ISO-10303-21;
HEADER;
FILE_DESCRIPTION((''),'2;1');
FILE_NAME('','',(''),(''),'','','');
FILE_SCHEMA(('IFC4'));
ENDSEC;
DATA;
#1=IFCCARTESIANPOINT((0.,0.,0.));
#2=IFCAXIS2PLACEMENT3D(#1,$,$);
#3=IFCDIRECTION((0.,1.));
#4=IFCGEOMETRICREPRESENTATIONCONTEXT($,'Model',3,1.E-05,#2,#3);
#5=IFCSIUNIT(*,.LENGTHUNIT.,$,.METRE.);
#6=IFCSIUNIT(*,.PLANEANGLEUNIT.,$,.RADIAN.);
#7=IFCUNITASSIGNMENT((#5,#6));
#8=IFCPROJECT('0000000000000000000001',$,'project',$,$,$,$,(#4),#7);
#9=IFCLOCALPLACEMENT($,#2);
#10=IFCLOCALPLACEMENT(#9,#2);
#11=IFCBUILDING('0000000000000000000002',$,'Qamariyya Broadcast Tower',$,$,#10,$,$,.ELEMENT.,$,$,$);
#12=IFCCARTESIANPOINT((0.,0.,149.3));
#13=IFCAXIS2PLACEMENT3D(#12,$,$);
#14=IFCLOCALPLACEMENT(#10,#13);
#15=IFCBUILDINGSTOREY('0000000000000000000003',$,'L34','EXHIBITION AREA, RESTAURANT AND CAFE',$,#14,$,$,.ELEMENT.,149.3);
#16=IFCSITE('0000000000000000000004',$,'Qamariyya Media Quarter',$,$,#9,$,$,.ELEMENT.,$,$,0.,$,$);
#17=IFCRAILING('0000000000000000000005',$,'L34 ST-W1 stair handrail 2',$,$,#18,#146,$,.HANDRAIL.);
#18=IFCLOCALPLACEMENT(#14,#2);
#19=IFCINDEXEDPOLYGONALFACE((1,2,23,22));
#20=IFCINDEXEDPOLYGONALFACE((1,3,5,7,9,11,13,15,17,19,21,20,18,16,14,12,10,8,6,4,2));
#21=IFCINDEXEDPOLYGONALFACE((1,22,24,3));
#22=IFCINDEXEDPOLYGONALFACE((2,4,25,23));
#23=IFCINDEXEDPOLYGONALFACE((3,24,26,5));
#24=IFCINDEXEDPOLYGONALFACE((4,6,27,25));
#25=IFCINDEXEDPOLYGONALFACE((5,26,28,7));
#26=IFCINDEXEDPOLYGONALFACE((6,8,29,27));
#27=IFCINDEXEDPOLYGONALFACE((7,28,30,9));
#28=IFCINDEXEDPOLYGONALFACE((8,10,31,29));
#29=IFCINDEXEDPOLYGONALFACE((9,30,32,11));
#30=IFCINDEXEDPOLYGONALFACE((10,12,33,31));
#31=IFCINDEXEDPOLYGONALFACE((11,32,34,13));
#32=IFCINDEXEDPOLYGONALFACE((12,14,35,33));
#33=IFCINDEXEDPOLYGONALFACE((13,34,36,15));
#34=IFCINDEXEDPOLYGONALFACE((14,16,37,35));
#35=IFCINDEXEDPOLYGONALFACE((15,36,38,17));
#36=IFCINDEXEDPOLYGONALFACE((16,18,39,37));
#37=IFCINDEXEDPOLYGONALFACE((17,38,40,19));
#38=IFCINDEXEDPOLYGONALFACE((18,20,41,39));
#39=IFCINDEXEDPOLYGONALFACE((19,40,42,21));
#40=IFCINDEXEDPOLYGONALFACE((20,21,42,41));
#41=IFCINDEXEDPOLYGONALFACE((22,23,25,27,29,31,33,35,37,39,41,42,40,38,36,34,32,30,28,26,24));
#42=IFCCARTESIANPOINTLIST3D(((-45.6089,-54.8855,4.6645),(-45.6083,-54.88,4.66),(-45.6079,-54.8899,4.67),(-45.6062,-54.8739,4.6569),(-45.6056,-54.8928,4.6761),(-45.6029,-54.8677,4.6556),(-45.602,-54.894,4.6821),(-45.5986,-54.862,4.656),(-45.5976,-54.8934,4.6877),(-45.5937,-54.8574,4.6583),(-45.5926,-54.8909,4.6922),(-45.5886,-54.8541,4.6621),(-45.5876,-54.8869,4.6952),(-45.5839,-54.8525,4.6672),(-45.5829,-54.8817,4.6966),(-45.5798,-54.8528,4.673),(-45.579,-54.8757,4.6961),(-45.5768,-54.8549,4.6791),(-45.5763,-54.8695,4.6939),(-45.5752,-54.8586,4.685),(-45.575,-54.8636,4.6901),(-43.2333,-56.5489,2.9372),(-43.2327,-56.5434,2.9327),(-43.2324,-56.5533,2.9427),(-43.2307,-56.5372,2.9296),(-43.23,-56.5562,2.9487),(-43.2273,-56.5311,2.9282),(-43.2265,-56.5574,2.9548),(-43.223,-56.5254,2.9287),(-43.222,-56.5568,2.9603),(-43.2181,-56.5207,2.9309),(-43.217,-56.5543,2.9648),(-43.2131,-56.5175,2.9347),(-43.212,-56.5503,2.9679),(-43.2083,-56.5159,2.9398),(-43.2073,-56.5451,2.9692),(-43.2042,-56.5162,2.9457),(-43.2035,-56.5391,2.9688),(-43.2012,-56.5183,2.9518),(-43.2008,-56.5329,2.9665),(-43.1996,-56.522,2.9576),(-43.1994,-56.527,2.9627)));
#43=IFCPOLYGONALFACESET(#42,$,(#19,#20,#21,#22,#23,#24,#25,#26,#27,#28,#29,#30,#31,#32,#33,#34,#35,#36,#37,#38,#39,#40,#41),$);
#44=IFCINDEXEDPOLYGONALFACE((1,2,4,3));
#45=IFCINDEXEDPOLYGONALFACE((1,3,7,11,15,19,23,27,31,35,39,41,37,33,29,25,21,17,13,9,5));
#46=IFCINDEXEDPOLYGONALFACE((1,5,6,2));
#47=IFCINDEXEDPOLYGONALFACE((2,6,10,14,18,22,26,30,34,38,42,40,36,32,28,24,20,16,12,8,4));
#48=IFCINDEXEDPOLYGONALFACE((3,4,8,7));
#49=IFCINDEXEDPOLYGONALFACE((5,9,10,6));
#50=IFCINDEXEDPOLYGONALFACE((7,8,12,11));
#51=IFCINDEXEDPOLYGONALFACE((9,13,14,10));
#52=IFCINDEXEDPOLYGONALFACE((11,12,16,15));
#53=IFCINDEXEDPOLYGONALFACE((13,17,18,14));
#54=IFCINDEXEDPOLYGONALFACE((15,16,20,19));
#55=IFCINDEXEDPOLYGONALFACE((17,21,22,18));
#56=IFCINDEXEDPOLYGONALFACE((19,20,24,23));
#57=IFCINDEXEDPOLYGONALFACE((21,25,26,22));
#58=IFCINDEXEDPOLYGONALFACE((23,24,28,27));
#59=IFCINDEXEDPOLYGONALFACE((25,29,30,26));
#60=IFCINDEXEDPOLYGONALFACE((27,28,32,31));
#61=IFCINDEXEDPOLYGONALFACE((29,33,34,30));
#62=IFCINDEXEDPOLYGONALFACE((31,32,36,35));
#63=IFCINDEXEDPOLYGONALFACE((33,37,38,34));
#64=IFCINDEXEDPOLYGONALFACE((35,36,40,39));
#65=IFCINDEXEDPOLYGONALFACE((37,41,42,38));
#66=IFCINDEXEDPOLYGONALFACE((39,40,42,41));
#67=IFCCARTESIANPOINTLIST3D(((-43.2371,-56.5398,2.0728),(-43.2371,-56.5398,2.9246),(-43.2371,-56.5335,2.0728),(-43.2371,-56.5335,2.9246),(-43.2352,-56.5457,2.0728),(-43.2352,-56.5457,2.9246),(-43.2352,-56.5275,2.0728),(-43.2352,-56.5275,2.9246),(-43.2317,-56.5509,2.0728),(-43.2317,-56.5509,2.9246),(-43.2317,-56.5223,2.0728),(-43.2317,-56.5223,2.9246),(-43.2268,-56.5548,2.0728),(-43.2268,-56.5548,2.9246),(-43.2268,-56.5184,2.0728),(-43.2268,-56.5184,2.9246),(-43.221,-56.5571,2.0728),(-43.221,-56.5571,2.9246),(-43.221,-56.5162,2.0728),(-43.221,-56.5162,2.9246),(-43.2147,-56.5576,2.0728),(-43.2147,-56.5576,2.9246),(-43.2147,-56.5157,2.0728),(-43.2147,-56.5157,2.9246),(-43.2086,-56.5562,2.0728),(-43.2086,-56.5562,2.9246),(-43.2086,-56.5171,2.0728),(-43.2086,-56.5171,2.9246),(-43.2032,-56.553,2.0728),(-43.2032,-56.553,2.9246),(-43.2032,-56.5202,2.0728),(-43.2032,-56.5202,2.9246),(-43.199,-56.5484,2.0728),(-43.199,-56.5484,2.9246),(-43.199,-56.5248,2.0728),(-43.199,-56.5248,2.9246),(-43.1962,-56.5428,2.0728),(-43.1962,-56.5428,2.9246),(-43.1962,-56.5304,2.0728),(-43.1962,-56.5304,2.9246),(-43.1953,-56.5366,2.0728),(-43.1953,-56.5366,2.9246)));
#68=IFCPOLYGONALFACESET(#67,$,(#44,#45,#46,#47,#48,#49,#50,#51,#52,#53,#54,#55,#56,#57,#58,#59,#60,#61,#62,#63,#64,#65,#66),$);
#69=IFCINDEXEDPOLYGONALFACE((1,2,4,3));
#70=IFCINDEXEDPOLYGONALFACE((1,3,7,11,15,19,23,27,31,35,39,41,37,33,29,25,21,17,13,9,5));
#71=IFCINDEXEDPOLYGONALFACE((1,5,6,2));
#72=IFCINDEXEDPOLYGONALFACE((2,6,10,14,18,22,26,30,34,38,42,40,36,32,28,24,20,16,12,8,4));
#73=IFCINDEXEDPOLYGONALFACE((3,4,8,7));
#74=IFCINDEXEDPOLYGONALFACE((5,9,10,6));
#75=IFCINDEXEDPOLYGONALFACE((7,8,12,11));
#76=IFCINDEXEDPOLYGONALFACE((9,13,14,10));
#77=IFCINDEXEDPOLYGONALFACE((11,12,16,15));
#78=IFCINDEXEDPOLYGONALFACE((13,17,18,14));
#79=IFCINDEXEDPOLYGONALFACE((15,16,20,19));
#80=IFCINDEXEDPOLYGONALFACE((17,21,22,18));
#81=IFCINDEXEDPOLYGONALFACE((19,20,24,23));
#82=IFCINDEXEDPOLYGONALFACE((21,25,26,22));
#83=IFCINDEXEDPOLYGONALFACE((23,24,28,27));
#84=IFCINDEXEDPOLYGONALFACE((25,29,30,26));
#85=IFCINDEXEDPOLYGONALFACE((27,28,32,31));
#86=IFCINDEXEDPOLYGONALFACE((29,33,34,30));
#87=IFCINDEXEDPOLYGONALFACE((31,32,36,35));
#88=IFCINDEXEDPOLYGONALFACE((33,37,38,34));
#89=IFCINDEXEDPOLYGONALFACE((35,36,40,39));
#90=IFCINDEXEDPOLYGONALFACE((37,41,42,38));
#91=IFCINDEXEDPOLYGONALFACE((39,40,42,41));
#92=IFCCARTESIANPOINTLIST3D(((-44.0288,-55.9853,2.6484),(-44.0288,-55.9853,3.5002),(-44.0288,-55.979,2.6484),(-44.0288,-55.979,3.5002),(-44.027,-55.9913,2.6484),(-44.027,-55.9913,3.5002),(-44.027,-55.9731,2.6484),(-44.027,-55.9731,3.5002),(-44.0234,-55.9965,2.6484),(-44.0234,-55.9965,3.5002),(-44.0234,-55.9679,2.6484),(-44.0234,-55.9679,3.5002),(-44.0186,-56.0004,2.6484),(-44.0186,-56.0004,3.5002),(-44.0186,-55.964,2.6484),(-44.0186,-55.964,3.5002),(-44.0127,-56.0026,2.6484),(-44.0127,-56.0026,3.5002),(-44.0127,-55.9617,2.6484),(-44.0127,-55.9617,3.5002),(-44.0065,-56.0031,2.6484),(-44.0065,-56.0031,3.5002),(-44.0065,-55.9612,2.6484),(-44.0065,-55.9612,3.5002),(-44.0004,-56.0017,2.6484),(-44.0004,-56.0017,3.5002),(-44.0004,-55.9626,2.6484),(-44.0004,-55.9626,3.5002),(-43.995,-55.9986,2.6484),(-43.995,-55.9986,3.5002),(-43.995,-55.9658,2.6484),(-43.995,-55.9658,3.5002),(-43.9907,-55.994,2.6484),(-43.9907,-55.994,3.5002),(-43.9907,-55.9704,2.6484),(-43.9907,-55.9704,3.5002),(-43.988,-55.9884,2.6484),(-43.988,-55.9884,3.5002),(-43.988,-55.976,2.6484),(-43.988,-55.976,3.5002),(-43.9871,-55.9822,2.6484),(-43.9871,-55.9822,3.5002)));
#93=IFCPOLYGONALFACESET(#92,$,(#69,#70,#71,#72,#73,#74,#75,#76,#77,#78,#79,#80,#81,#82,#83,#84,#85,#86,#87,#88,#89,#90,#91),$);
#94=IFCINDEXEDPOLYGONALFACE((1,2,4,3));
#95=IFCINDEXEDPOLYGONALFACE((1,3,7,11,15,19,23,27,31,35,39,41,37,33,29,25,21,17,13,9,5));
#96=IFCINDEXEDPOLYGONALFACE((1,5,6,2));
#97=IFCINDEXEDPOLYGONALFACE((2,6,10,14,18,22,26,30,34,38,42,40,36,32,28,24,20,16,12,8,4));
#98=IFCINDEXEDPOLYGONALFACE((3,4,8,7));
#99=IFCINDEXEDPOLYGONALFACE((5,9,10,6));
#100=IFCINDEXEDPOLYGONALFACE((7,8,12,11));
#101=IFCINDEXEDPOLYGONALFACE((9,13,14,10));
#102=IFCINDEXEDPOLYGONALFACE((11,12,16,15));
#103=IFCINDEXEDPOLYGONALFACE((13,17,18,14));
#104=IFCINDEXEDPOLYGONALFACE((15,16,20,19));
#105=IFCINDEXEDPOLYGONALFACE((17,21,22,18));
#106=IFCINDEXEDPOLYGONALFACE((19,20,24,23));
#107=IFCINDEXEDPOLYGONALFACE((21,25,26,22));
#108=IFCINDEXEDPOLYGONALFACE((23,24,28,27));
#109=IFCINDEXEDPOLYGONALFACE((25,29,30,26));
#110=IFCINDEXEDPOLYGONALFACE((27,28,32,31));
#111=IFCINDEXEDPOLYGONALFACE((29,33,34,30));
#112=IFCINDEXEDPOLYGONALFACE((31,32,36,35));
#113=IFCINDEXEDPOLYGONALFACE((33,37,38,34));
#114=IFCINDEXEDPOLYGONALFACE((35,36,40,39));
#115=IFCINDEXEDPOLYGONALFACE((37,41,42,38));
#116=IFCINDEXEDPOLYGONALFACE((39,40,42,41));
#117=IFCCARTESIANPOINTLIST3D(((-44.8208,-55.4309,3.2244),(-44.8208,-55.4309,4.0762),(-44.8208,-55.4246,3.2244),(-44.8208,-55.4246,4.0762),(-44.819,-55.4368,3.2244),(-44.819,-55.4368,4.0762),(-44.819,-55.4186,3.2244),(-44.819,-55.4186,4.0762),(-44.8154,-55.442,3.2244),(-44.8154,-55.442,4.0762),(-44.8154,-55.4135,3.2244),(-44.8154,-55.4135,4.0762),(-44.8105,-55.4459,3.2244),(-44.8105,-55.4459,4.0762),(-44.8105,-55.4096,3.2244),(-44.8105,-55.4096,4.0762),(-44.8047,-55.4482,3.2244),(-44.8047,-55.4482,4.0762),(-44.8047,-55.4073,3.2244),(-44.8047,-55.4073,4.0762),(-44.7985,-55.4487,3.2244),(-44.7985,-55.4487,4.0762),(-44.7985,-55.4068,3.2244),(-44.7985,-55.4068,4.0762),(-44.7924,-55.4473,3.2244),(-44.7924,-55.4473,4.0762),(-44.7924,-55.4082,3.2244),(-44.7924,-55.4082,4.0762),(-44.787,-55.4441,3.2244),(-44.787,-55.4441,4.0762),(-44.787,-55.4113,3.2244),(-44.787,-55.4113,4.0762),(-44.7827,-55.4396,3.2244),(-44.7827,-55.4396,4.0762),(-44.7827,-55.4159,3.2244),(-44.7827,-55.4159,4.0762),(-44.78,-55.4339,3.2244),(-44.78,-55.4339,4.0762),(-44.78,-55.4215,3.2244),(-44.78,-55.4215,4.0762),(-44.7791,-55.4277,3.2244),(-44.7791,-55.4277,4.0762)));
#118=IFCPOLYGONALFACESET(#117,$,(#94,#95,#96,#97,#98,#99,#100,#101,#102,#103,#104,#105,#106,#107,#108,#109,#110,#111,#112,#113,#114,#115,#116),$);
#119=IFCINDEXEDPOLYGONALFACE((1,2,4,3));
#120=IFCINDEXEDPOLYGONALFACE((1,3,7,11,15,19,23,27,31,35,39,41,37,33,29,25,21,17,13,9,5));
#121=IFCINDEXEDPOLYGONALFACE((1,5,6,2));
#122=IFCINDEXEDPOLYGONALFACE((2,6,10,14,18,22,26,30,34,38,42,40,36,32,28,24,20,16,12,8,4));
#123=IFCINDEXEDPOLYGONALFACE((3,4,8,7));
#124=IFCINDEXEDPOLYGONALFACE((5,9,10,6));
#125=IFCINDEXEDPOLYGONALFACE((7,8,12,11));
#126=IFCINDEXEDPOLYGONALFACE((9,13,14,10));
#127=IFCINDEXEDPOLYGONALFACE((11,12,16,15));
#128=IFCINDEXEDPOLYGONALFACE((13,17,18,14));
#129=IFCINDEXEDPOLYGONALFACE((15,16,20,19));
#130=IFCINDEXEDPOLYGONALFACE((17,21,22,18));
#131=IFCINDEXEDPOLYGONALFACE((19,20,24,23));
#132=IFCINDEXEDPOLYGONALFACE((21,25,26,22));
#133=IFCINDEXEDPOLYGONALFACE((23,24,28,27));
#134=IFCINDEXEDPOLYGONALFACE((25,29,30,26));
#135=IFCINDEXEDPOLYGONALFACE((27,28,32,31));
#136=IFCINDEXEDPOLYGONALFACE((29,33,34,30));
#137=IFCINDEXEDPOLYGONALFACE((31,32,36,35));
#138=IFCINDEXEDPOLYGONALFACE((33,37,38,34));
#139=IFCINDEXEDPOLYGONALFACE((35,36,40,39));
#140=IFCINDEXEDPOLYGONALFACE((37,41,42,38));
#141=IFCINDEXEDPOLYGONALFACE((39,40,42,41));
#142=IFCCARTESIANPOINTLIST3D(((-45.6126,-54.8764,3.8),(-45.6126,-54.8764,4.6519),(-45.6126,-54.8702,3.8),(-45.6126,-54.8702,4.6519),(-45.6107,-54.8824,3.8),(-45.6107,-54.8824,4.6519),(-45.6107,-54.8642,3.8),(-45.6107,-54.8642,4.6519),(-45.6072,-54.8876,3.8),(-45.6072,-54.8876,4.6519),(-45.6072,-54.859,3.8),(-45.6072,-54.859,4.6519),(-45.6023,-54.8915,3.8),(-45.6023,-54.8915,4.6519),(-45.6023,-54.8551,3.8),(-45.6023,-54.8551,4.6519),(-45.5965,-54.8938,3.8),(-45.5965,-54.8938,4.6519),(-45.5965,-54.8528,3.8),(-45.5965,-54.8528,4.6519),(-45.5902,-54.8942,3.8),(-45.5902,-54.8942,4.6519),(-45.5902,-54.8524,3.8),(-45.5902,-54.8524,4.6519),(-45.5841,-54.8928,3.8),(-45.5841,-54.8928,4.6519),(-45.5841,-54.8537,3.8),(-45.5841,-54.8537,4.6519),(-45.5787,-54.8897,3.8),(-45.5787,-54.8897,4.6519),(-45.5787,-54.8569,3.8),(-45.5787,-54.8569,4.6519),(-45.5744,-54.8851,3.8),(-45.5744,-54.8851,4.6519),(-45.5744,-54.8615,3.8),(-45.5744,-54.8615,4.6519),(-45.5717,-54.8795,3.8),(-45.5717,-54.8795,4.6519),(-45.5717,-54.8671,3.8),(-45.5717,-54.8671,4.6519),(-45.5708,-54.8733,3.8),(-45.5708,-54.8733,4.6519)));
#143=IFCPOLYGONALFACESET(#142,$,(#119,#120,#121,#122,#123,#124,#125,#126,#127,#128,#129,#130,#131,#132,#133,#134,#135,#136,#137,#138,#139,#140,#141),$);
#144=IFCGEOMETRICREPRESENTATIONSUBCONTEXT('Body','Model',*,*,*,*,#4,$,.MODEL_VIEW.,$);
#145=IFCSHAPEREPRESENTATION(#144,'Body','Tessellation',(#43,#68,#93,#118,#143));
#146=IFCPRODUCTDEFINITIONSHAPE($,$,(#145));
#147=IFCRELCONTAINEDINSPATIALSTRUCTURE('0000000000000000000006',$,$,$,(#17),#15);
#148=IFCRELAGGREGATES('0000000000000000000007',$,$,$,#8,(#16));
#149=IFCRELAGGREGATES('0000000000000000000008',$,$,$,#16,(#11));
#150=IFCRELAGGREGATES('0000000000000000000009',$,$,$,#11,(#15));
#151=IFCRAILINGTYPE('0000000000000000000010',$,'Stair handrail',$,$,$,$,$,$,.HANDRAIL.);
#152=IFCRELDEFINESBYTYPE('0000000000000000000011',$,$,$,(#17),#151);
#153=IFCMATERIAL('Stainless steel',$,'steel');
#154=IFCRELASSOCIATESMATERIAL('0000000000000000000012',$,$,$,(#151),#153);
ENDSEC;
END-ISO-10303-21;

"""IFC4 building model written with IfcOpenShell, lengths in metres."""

from ifc_helpers import new_model, si_unit, direction, frame, origin, origin_2d, place, context, subcontext, project, spatial, circle, extrude, material, type_object, element, save


model = new_model("IFC4")

# Units and contexts
model_context = context("Model", 3, precision=1e-05, world=origin(), true_north=direction((0.0, 1.0)))
body_context = subcontext(model_context, "Body", "Model", "MODEL_VIEW")
ifc_project = project(units=[si_unit("LENGTHUNIT", "METRE"), si_unit("PLANEANGLEUNIT", "RADIAN")], contexts=[model_context])

# Site, building, storey
site_placement = place(None, origin())
site = spatial("IfcSite", under=ifc_project, at=site_placement, Name="Qamariyya Media Quarter", CompositionType="ELEMENT", RefElevation=0.0)
building_placement = place(site_placement, origin())
building = spatial("IfcBuilding", under=site, at=building_placement, Name="Qamariyya Broadcast Tower", CompositionType="ELEMENT")
storey_placement = place(building_placement, frame((0.0, 0.0, 149.3)))
storey = spatial("IfcBuildingStorey", under=building, at=storey_placement, Name="L34", Description="EXHIBITION AREA, RESTAURANT AND CAFE", CompositionType="ELEMENT", Elevation=149.3)

# Railing
ifc_material_1 = material(Name="Stainless steel", Category="steel")
railing_type_1 = type_object("IfcRailingType", Name="Stair handrail", PredefinedType="HANDRAIL", material=ifc_material_1)
railing_1_placement = place(storey_placement, frame((-43.2163, -56.5366, 2.0728)))
element("IfcRailing", 1, at=railing_1_placement, inside=storey, type_object=railing_type_1, Name="L34 ST-W1 stair handrail 2", PredefinedType="HANDRAIL", context=body_context, shape_type="SweptSolid", body=[
    extrude(circle(Radius=0.0239, at=origin_2d()), frame((0.0, 0.0, 0.876), z_axis=(-0.70377, 0.492784, 0.511734), x_axis=(-0.573575, -0.819153, 0.0)), (0.0, 0.0, 1.0), 3.3755),
    extrude(circle(Radius=0.021, at=origin_2d()), origin(), (0.0, 0.0, 1.0), 0.8518),
    extrude(circle(Radius=0.021, at=origin_2d()), frame((-0.7917, 0.5544, 0.5757)), (0.0, 0.0, 1.0), 0.8518),
    extrude(circle(Radius=0.021, at=origin_2d()), frame((-1.5837, 1.1089, 1.1516)), (0.0, 0.0, 1.0), 0.8518),
    extrude(circle(Radius=0.021, at=origin_2d()), frame((-2.3755, 1.6633, 1.7273)), (0.0, 0.0, 1.0), 0.8518),
])

save(model, "model.ifc")
